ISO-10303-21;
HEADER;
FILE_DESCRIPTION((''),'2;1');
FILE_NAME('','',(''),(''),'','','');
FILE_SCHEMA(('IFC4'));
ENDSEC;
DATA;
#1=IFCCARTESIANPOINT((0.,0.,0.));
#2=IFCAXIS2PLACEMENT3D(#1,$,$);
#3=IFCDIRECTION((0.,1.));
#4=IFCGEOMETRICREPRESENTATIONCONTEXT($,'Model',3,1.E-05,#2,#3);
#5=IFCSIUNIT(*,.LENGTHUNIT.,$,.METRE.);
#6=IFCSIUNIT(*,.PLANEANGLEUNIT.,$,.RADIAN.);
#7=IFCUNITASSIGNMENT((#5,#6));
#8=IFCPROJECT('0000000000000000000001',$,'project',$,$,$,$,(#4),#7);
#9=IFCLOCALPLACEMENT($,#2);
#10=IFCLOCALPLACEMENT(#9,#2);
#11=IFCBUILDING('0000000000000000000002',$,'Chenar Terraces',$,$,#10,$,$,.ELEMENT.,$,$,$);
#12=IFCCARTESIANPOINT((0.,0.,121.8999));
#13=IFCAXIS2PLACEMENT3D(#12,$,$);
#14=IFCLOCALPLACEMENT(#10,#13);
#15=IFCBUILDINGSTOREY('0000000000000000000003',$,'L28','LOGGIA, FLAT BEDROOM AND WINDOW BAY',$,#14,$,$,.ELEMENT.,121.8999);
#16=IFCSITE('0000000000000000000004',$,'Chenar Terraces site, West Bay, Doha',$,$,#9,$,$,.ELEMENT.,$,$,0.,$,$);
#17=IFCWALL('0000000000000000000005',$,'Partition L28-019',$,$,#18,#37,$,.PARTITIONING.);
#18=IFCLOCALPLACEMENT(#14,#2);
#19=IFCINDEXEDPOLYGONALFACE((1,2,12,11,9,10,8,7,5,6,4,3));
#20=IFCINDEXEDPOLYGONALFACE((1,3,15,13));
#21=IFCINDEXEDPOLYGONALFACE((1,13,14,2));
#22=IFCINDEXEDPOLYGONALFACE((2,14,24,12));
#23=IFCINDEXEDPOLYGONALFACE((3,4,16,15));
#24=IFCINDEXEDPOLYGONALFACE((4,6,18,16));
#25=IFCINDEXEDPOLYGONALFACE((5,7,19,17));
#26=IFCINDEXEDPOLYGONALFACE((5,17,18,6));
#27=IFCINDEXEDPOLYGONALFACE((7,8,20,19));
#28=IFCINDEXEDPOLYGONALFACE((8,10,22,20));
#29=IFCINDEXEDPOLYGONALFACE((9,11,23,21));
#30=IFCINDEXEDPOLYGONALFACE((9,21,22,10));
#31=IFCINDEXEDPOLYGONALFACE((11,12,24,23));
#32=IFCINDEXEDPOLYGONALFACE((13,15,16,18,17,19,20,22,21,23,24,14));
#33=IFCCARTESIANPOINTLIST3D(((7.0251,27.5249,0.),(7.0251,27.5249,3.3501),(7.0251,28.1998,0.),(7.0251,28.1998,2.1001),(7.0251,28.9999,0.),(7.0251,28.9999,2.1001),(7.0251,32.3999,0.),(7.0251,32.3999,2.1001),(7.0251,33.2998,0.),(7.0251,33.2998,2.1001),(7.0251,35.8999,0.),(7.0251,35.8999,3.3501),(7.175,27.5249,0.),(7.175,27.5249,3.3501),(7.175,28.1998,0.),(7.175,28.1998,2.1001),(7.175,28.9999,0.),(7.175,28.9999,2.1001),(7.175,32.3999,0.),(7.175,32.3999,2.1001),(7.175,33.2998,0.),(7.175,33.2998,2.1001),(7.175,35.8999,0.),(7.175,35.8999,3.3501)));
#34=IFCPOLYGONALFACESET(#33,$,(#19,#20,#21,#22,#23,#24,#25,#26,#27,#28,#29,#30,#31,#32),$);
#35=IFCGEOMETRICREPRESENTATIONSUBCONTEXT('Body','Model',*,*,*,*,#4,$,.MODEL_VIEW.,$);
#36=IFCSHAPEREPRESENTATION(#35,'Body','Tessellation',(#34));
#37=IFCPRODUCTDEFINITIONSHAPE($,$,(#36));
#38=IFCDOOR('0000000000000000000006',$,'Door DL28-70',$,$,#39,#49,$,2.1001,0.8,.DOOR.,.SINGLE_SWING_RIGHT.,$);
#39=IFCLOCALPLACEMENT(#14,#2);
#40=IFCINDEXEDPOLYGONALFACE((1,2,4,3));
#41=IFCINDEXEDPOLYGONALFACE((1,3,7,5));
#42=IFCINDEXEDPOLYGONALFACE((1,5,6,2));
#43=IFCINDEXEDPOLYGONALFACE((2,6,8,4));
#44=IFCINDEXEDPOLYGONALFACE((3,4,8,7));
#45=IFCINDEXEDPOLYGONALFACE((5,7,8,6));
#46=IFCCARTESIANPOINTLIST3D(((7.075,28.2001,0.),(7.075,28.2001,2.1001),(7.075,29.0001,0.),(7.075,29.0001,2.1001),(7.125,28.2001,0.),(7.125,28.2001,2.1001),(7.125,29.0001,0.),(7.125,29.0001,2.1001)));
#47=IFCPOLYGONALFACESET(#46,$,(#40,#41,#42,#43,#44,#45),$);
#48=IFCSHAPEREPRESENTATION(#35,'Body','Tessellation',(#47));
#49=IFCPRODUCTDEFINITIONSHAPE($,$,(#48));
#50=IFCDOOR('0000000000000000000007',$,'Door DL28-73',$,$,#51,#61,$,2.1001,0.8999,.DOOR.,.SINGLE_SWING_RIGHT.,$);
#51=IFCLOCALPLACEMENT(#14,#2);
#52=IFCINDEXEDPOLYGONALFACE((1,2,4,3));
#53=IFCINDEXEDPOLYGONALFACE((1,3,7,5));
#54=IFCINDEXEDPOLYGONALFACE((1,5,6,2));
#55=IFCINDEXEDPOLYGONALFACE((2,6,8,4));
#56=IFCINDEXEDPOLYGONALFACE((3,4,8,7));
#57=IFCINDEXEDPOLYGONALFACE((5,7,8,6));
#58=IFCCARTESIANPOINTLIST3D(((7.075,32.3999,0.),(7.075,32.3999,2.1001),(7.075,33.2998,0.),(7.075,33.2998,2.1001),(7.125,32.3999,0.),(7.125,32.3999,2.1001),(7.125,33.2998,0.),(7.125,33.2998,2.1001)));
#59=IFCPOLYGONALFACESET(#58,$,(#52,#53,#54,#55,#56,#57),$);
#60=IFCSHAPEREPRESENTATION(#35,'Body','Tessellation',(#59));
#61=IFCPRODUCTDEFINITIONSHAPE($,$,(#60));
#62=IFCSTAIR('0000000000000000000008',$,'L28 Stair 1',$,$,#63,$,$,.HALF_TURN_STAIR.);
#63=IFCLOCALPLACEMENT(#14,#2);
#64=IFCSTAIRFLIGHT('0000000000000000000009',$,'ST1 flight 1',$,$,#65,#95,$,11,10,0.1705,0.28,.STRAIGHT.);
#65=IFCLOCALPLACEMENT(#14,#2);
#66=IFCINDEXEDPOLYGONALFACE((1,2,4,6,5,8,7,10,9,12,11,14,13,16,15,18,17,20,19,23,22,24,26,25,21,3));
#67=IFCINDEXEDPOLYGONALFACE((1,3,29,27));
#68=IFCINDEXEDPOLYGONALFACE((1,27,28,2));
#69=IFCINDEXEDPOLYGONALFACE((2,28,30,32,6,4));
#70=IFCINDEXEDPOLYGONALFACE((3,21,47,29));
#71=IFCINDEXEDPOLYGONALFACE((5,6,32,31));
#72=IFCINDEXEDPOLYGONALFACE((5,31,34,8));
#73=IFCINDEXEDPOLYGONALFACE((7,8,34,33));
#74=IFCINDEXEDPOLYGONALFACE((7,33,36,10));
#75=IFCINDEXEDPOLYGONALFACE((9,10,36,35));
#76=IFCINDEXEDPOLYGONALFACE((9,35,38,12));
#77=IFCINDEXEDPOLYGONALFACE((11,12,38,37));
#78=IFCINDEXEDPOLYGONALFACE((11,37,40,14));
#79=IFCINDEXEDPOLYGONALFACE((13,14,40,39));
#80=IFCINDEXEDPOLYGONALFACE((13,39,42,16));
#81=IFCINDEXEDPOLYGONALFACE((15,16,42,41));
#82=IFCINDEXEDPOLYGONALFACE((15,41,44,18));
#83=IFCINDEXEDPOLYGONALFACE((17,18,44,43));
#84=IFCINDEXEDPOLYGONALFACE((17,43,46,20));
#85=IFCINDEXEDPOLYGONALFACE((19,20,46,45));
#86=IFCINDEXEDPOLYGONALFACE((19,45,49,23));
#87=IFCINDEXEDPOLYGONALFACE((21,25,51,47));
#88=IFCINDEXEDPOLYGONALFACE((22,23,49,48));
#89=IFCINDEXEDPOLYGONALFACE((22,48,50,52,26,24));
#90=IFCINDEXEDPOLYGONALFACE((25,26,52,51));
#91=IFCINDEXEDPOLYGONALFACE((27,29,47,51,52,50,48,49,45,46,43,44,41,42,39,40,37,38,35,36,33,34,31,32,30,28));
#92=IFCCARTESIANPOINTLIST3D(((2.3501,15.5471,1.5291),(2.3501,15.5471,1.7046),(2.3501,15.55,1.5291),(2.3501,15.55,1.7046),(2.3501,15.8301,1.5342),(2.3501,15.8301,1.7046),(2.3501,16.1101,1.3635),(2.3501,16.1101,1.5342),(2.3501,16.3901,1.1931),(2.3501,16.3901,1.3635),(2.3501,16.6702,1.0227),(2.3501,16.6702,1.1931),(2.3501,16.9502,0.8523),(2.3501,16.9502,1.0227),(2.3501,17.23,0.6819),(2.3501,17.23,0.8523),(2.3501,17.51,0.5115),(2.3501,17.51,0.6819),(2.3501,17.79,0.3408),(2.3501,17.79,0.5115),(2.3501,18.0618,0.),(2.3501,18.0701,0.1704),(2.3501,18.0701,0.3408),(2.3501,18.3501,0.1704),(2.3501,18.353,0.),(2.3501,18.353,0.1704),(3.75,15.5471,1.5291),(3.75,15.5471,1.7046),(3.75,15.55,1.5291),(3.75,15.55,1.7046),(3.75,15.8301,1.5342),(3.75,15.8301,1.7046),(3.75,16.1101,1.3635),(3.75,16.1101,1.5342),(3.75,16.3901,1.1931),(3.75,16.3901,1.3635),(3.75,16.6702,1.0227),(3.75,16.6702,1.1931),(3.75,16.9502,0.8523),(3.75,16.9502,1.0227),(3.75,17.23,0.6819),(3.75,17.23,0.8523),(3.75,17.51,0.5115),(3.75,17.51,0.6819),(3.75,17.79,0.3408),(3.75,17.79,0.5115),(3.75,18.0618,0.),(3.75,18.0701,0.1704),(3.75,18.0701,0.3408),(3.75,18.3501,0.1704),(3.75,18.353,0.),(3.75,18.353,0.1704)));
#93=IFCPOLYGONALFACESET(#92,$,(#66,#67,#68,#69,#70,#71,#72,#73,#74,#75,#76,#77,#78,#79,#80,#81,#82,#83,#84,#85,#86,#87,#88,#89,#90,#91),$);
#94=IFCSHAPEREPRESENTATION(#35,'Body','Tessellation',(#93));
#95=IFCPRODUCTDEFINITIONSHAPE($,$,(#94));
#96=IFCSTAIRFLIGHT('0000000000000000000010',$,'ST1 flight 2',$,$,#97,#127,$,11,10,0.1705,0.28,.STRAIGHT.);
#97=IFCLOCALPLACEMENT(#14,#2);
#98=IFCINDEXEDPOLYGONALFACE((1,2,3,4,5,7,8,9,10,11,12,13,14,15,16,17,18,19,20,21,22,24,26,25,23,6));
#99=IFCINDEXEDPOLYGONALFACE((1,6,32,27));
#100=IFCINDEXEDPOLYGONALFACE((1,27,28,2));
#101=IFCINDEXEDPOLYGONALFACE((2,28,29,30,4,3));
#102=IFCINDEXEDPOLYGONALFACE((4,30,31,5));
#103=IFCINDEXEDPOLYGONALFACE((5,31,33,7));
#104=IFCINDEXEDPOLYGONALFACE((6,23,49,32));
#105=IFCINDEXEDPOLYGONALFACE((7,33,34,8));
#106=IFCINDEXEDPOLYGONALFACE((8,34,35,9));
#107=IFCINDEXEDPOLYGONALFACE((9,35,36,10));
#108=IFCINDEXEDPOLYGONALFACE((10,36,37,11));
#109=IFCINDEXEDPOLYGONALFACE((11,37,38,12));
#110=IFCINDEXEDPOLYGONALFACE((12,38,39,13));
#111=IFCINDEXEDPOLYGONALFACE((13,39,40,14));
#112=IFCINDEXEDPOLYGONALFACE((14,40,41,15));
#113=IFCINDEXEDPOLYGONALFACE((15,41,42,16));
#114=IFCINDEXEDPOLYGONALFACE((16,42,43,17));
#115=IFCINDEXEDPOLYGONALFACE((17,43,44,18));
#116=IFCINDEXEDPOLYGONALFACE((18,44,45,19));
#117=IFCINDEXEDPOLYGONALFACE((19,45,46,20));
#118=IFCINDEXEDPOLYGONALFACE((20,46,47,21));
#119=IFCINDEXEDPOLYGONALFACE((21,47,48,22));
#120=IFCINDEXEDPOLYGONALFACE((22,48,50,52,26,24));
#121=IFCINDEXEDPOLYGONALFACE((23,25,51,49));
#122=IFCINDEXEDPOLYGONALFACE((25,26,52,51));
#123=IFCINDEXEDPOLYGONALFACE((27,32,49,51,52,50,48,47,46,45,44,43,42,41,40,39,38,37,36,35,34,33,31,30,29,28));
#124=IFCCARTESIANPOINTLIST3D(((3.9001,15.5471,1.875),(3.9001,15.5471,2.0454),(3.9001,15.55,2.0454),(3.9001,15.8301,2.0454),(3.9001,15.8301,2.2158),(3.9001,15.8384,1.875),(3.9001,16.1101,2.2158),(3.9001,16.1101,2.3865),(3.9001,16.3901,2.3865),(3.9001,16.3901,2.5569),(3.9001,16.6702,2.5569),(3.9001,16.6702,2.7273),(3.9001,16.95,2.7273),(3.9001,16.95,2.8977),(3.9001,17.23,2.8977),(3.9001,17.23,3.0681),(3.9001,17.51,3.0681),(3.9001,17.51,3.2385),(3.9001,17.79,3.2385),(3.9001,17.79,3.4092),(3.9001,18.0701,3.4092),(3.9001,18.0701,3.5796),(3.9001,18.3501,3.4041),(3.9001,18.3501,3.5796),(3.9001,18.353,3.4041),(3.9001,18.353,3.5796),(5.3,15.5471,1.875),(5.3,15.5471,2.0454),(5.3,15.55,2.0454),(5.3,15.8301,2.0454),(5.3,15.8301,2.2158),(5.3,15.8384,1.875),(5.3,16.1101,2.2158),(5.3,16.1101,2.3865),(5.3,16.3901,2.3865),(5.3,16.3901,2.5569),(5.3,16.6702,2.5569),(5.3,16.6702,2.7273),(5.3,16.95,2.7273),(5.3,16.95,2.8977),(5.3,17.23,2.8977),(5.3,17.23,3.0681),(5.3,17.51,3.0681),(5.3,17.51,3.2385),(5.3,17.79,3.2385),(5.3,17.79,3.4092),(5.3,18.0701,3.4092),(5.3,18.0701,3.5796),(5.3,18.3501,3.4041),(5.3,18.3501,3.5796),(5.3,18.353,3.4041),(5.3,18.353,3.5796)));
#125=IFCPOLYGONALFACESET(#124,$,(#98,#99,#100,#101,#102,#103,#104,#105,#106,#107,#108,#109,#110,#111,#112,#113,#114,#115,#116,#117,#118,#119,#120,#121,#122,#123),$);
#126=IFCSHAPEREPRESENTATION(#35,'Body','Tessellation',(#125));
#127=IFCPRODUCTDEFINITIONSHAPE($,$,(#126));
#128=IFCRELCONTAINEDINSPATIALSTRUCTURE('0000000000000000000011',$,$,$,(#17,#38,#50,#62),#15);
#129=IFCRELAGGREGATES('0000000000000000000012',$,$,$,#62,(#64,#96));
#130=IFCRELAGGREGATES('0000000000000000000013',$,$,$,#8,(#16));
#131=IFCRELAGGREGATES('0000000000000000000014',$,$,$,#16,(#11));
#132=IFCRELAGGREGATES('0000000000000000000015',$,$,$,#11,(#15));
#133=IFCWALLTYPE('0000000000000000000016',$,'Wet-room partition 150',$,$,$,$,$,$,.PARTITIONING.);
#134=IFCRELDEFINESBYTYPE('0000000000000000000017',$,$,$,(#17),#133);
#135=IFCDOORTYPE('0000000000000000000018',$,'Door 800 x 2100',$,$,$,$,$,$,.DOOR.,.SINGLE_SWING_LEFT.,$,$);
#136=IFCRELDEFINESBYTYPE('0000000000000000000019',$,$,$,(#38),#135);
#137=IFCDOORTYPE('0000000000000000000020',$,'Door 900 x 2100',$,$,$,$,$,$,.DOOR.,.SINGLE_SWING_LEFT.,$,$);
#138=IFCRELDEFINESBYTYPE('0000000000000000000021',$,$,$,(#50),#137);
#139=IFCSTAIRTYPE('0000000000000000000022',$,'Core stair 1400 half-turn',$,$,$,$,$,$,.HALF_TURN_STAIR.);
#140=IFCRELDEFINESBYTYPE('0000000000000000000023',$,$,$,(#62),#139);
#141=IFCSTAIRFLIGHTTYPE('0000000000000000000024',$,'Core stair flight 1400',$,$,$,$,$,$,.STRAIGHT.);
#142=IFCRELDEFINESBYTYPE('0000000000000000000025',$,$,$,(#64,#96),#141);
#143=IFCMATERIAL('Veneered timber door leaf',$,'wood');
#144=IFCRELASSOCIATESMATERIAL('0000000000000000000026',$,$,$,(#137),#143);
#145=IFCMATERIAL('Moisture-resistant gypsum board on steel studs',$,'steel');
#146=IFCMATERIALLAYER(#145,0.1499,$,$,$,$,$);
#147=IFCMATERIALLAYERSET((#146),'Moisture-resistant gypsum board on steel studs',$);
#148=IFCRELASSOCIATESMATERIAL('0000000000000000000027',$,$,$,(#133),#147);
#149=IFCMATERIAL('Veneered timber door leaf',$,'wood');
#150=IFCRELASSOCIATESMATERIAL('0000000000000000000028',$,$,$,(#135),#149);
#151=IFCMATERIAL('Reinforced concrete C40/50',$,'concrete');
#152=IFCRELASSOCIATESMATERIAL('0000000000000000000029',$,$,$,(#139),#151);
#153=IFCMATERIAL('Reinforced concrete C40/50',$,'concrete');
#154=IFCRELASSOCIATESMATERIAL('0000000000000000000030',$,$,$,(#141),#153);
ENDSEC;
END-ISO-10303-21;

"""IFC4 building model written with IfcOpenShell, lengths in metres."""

from ifc_helpers import new_model, si_unit, direction, frame, frame_2d, origin, place, context, subcontext, project, spatial, polyline, rectangle, outline, extrude, material, layer, layer_set, type_object, element, fill, aggregate, save


model = new_model("IFC4")

# Units and contexts
model_context = context("Model", 3, precision=1e-05, world=origin(), true_north=direction((0.0, 1.0)))
body_context = subcontext(model_context, "Body", "Model", "MODEL_VIEW")
ifc_project = project(units=[si_unit("LENGTHUNIT", "METRE"), si_unit("PLANEANGLEUNIT", "RADIAN")], contexts=[model_context])

# Site, building, storey
site_placement = place(None, origin())
site = spatial("IfcSite", under=ifc_project, at=site_placement, Name="Chenar Terraces site, West Bay, Doha", CompositionType="ELEMENT", RefElevation=0.0)
building_placement = place(site_placement, origin())
building = spatial("IfcBuilding", under=site, at=building_placement, Name="Chenar Terraces", CompositionType="ELEMENT")
storey_placement = place(building_placement, frame((0.0, 0.0, 121.8999)))
storey = spatial("IfcBuildingStorey", under=building, at=storey_placement, Name="L28", Description="LOGGIA, FLAT BEDROOM AND WINDOW BAY", CompositionType="ELEMENT", Elevation=121.8999)

# Shared definitions
ifc_material_1 = material(Name="Veneered timber door leaf", Category="wood")
door_type_1 = type_object("IfcDoorType", Name="Door 900 x 2100", OperationType="SINGLE_SWING_LEFT", PredefinedType="DOOR", material=ifc_material_1)

# Shared definitions
ifc_material_2 = material(Name="Moisture-resistant gypsum board on steel studs", Category="steel")
ifc_layer_1 = layer(ifc_material_2, 0.1499)
ifc_layer_set_1 = layer_set([ifc_layer_1], Name="Moisture-resistant gypsum board on steel studs")
wall_type_1 = type_object("IfcWallType", Name="Wet-room partition 150", PredefinedType="PARTITIONING", material=ifc_layer_set_1)

# Shared definitions
ifc_material_3 = material(Name="Veneered timber door leaf", Category="wood")
door_type_2 = type_object("IfcDoorType", Name="Door 800 x 2100", OperationType="SINGLE_SWING_LEFT", PredefinedType="DOOR", material=ifc_material_3)

# Wall, openings, doors
wall_1_placement = place(storey_placement, frame((7.1001, 27.5249, 0.0), z_axis=(0.0, 0.0, 1.0), x_axis=(0.0, 1.0, 0.0)))
wall_1 = element("IfcWall", 1, at=wall_1_placement, inside=storey, type_object=wall_type_1, Name="Partition L28-019", PredefinedType="PARTITIONING", context=body_context, shape_type="SweptSolid", body=[
    extrude(rectangle(XDim=8.375, YDim=0.1499, at=frame_2d((4.1875, 0.0))), origin(), (0.0, 0.0, 1.0), 3.3501),
])
opening_1_placement = place(wall_1_placement, frame((0.675, 0.0, 0.0)))
opening_1 = element("IfcOpeningElement", 2, at=opening_1_placement, cuts=wall_1, PredefinedType="OPENING", context=body_context, shape_type="SweptSolid", body=[
    extrude(rectangle(XDim=0.8, YDim=2.1001, at=frame_2d((0.3999, 1.05))), frame((0.0, 0.085, 0.0), z_axis=(0.0, -1.0, 0.0), x_axis=(1.0, 0.0, 0.0)), (0.0, 0.0, 1.0), 0.1699),
])
opening_2_placement = place(wall_1_placement, frame((4.875, 0.0, 0.0)))
opening_2 = element("IfcOpeningElement", 3, at=opening_2_placement, cuts=wall_1, PredefinedType="OPENING", context=body_context, shape_type="SweptSolid", body=[
    extrude(rectangle(XDim=0.8999, YDim=2.1001, at=frame_2d((0.45, 1.05))), frame((0.0, 0.085, 0.0), z_axis=(0.0, -1.0, 0.0), x_axis=(1.0, 0.0, 0.0)), (0.0, 0.0, 1.0), 0.1699),
])
door_1_placement = place(opening_1_placement, frame((0.8, 0.0, 0.0), z_axis=(0.0, 0.0, 1.0), x_axis=(-1.0, 0.0, 0.0)))
door_1 = element("IfcDoor", 4, at=door_1_placement, inside=storey, type_object=door_type_2, Name="Door DL28-70", OperationType="SINGLE_SWING_RIGHT", OverallHeight=2.1001, OverallWidth=0.8, PredefinedType="DOOR", context=body_context, shape_type="SweptSolid", body=[
    extrude(rectangle(XDim=0.8, YDim=2.1001, at=frame_2d((0.3999, 1.05))), frame((0.0, 0.0249, 0.0), z_axis=(0.0, -1.0, 0.0), x_axis=(1.0, 0.0, 0.0)), (0.0, 0.0, 1.0), 0.05),
])
fill(opening_1, door_1)
door_2_placement = place(opening_2_placement, frame((0.8999, 0.0, 0.0), z_axis=(0.0, 0.0, 1.0), x_axis=(-1.0, 0.0, 0.0)))
door_2 = element("IfcDoor", 5, at=door_2_placement, inside=storey, type_object=door_type_1, Name="Door DL28-73", OperationType="SINGLE_SWING_RIGHT", OverallHeight=2.1001, OverallWidth=0.8999, PredefinedType="DOOR", context=body_context, shape_type="SweptSolid", body=[
    extrude(rectangle(XDim=0.8999, YDim=2.1001, at=frame_2d((0.45, 1.05))), frame((0.0, 0.0249, 0.0), z_axis=(0.0, -1.0, 0.0), x_axis=(1.0, 0.0, 0.0)), (0.0, 0.0, 1.0), 0.05),
])
fill(opening_2, door_2)

# Stair, stair flights
ifc_material_4 = material(Name="Reinforced concrete C40/50", Category="concrete")
stair_type = type_object("IfcStairType", Name="Core stair 1400 half-turn", PredefinedType="HALF_TURN_STAIR", material=ifc_material_4)
stair_placement = place(storey_placement, origin())
stair = element("IfcStair", 6, at=stair_placement, inside=storey, type_object=stair_type, Name="L28 Stair 1", PredefinedType="HALF_TURN_STAIR")
ifc_material_5 = material(Name="Reinforced concrete C40/50", Category="concrete")
stair_flight_type = type_object("IfcStairFlightType", Name="Core stair flight 1400", PredefinedType="STRAIGHT", material=ifc_material_5)
stair_flight_1_placement = place(storey_placement, frame((3.05, 18.3501, 0.0), z_axis=(0.0, 0.0, 1.0), x_axis=(0.0, -1.0, 0.0)))
stair_flight_1 = element("IfcStairFlight", 7, at=stair_flight_1_placement, type_object=stair_flight_type, Name="ST1 flight 1", NumberOfRisers=11, NumberOfTreads=10, PredefinedType="STRAIGHT", RiserHeight=0.1705, TreadLength=0.28, context=body_context, shape_type="SweptSolid", body=[
    extrude(outline(polyline([(-0.0029, 0.0), (-0.0029, 0.1704), (0.0, 0.1704), (0.28, 0.1704), (0.28, 0.3408), (0.5601, 0.3408), (0.5601, 0.5115), (0.8401, 0.5115), (0.8401, 0.6819), (1.1201, 0.6819), (1.1201, 0.8523), (1.3999, 0.8523), (1.3999, 1.0227), (1.6799, 1.0227), (1.6799, 1.1931), (1.96, 1.1931), (1.96, 1.3635), (2.24, 1.3635), (2.24, 1.5342), (2.52, 1.5342), (2.52, 1.7046), (2.8, 1.7046), (2.803, 1.7046), (2.803, 1.5291), (2.8, 1.5291), (0.2883, 0.0), (-0.0029, 0.0)])), frame((0.0, 0.7, 0.0), z_axis=(0.0, -1.0, 0.0), x_axis=(1.0, 0.0, 0.0)), (0.0, 0.0, 1.0), 1.3999),
])
stair_flight_2_placement = place(storey_placement, frame((4.6001, 15.55, 1.875), z_axis=(0.0, 0.0, 1.0), x_axis=(0.0, 1.0, 0.0)))
stair_flight_2 = element("IfcStairFlight", 8, at=stair_flight_2_placement, type_object=stair_flight_type, Name="ST1 flight 2", NumberOfRisers=11, NumberOfTreads=10, PredefinedType="STRAIGHT", RiserHeight=0.1705, TreadLength=0.28, context=body_context, shape_type="SweptSolid", body=[
    extrude(outline(polyline([(-0.0029, 0.0), (-0.0029, 0.1704), (0.0, 0.1704), (0.28, 0.1704), (0.28, 0.3408), (0.5601, 0.3408), (0.5601, 0.5115), (0.8401, 0.5115), (0.8401, 0.6819), (1.1201, 0.6819), (1.1201, 0.8523), (1.3999, 0.8523), (1.3999, 1.0227), (1.6799, 1.0227), (1.6799, 1.1931), (1.96, 1.1931), (1.96, 1.3635), (2.24, 1.3635), (2.24, 1.5342), (2.52, 1.5342), (2.52, 1.7046), (2.8, 1.7046), (2.803, 1.7046), (2.803, 1.5291), (2.8, 1.5291), (0.2883, 0.0), (-0.0029, 0.0)])), frame((0.0, 0.7, 0.0), z_axis=(0.0, -1.0, 0.0), x_axis=(1.0, 0.0, 0.0)), (0.0, 0.0, 1.0), 1.3999),
])
aggregate(stair, [stair_flight_1, stair_flight_2])

save(model, "model.ifc")
